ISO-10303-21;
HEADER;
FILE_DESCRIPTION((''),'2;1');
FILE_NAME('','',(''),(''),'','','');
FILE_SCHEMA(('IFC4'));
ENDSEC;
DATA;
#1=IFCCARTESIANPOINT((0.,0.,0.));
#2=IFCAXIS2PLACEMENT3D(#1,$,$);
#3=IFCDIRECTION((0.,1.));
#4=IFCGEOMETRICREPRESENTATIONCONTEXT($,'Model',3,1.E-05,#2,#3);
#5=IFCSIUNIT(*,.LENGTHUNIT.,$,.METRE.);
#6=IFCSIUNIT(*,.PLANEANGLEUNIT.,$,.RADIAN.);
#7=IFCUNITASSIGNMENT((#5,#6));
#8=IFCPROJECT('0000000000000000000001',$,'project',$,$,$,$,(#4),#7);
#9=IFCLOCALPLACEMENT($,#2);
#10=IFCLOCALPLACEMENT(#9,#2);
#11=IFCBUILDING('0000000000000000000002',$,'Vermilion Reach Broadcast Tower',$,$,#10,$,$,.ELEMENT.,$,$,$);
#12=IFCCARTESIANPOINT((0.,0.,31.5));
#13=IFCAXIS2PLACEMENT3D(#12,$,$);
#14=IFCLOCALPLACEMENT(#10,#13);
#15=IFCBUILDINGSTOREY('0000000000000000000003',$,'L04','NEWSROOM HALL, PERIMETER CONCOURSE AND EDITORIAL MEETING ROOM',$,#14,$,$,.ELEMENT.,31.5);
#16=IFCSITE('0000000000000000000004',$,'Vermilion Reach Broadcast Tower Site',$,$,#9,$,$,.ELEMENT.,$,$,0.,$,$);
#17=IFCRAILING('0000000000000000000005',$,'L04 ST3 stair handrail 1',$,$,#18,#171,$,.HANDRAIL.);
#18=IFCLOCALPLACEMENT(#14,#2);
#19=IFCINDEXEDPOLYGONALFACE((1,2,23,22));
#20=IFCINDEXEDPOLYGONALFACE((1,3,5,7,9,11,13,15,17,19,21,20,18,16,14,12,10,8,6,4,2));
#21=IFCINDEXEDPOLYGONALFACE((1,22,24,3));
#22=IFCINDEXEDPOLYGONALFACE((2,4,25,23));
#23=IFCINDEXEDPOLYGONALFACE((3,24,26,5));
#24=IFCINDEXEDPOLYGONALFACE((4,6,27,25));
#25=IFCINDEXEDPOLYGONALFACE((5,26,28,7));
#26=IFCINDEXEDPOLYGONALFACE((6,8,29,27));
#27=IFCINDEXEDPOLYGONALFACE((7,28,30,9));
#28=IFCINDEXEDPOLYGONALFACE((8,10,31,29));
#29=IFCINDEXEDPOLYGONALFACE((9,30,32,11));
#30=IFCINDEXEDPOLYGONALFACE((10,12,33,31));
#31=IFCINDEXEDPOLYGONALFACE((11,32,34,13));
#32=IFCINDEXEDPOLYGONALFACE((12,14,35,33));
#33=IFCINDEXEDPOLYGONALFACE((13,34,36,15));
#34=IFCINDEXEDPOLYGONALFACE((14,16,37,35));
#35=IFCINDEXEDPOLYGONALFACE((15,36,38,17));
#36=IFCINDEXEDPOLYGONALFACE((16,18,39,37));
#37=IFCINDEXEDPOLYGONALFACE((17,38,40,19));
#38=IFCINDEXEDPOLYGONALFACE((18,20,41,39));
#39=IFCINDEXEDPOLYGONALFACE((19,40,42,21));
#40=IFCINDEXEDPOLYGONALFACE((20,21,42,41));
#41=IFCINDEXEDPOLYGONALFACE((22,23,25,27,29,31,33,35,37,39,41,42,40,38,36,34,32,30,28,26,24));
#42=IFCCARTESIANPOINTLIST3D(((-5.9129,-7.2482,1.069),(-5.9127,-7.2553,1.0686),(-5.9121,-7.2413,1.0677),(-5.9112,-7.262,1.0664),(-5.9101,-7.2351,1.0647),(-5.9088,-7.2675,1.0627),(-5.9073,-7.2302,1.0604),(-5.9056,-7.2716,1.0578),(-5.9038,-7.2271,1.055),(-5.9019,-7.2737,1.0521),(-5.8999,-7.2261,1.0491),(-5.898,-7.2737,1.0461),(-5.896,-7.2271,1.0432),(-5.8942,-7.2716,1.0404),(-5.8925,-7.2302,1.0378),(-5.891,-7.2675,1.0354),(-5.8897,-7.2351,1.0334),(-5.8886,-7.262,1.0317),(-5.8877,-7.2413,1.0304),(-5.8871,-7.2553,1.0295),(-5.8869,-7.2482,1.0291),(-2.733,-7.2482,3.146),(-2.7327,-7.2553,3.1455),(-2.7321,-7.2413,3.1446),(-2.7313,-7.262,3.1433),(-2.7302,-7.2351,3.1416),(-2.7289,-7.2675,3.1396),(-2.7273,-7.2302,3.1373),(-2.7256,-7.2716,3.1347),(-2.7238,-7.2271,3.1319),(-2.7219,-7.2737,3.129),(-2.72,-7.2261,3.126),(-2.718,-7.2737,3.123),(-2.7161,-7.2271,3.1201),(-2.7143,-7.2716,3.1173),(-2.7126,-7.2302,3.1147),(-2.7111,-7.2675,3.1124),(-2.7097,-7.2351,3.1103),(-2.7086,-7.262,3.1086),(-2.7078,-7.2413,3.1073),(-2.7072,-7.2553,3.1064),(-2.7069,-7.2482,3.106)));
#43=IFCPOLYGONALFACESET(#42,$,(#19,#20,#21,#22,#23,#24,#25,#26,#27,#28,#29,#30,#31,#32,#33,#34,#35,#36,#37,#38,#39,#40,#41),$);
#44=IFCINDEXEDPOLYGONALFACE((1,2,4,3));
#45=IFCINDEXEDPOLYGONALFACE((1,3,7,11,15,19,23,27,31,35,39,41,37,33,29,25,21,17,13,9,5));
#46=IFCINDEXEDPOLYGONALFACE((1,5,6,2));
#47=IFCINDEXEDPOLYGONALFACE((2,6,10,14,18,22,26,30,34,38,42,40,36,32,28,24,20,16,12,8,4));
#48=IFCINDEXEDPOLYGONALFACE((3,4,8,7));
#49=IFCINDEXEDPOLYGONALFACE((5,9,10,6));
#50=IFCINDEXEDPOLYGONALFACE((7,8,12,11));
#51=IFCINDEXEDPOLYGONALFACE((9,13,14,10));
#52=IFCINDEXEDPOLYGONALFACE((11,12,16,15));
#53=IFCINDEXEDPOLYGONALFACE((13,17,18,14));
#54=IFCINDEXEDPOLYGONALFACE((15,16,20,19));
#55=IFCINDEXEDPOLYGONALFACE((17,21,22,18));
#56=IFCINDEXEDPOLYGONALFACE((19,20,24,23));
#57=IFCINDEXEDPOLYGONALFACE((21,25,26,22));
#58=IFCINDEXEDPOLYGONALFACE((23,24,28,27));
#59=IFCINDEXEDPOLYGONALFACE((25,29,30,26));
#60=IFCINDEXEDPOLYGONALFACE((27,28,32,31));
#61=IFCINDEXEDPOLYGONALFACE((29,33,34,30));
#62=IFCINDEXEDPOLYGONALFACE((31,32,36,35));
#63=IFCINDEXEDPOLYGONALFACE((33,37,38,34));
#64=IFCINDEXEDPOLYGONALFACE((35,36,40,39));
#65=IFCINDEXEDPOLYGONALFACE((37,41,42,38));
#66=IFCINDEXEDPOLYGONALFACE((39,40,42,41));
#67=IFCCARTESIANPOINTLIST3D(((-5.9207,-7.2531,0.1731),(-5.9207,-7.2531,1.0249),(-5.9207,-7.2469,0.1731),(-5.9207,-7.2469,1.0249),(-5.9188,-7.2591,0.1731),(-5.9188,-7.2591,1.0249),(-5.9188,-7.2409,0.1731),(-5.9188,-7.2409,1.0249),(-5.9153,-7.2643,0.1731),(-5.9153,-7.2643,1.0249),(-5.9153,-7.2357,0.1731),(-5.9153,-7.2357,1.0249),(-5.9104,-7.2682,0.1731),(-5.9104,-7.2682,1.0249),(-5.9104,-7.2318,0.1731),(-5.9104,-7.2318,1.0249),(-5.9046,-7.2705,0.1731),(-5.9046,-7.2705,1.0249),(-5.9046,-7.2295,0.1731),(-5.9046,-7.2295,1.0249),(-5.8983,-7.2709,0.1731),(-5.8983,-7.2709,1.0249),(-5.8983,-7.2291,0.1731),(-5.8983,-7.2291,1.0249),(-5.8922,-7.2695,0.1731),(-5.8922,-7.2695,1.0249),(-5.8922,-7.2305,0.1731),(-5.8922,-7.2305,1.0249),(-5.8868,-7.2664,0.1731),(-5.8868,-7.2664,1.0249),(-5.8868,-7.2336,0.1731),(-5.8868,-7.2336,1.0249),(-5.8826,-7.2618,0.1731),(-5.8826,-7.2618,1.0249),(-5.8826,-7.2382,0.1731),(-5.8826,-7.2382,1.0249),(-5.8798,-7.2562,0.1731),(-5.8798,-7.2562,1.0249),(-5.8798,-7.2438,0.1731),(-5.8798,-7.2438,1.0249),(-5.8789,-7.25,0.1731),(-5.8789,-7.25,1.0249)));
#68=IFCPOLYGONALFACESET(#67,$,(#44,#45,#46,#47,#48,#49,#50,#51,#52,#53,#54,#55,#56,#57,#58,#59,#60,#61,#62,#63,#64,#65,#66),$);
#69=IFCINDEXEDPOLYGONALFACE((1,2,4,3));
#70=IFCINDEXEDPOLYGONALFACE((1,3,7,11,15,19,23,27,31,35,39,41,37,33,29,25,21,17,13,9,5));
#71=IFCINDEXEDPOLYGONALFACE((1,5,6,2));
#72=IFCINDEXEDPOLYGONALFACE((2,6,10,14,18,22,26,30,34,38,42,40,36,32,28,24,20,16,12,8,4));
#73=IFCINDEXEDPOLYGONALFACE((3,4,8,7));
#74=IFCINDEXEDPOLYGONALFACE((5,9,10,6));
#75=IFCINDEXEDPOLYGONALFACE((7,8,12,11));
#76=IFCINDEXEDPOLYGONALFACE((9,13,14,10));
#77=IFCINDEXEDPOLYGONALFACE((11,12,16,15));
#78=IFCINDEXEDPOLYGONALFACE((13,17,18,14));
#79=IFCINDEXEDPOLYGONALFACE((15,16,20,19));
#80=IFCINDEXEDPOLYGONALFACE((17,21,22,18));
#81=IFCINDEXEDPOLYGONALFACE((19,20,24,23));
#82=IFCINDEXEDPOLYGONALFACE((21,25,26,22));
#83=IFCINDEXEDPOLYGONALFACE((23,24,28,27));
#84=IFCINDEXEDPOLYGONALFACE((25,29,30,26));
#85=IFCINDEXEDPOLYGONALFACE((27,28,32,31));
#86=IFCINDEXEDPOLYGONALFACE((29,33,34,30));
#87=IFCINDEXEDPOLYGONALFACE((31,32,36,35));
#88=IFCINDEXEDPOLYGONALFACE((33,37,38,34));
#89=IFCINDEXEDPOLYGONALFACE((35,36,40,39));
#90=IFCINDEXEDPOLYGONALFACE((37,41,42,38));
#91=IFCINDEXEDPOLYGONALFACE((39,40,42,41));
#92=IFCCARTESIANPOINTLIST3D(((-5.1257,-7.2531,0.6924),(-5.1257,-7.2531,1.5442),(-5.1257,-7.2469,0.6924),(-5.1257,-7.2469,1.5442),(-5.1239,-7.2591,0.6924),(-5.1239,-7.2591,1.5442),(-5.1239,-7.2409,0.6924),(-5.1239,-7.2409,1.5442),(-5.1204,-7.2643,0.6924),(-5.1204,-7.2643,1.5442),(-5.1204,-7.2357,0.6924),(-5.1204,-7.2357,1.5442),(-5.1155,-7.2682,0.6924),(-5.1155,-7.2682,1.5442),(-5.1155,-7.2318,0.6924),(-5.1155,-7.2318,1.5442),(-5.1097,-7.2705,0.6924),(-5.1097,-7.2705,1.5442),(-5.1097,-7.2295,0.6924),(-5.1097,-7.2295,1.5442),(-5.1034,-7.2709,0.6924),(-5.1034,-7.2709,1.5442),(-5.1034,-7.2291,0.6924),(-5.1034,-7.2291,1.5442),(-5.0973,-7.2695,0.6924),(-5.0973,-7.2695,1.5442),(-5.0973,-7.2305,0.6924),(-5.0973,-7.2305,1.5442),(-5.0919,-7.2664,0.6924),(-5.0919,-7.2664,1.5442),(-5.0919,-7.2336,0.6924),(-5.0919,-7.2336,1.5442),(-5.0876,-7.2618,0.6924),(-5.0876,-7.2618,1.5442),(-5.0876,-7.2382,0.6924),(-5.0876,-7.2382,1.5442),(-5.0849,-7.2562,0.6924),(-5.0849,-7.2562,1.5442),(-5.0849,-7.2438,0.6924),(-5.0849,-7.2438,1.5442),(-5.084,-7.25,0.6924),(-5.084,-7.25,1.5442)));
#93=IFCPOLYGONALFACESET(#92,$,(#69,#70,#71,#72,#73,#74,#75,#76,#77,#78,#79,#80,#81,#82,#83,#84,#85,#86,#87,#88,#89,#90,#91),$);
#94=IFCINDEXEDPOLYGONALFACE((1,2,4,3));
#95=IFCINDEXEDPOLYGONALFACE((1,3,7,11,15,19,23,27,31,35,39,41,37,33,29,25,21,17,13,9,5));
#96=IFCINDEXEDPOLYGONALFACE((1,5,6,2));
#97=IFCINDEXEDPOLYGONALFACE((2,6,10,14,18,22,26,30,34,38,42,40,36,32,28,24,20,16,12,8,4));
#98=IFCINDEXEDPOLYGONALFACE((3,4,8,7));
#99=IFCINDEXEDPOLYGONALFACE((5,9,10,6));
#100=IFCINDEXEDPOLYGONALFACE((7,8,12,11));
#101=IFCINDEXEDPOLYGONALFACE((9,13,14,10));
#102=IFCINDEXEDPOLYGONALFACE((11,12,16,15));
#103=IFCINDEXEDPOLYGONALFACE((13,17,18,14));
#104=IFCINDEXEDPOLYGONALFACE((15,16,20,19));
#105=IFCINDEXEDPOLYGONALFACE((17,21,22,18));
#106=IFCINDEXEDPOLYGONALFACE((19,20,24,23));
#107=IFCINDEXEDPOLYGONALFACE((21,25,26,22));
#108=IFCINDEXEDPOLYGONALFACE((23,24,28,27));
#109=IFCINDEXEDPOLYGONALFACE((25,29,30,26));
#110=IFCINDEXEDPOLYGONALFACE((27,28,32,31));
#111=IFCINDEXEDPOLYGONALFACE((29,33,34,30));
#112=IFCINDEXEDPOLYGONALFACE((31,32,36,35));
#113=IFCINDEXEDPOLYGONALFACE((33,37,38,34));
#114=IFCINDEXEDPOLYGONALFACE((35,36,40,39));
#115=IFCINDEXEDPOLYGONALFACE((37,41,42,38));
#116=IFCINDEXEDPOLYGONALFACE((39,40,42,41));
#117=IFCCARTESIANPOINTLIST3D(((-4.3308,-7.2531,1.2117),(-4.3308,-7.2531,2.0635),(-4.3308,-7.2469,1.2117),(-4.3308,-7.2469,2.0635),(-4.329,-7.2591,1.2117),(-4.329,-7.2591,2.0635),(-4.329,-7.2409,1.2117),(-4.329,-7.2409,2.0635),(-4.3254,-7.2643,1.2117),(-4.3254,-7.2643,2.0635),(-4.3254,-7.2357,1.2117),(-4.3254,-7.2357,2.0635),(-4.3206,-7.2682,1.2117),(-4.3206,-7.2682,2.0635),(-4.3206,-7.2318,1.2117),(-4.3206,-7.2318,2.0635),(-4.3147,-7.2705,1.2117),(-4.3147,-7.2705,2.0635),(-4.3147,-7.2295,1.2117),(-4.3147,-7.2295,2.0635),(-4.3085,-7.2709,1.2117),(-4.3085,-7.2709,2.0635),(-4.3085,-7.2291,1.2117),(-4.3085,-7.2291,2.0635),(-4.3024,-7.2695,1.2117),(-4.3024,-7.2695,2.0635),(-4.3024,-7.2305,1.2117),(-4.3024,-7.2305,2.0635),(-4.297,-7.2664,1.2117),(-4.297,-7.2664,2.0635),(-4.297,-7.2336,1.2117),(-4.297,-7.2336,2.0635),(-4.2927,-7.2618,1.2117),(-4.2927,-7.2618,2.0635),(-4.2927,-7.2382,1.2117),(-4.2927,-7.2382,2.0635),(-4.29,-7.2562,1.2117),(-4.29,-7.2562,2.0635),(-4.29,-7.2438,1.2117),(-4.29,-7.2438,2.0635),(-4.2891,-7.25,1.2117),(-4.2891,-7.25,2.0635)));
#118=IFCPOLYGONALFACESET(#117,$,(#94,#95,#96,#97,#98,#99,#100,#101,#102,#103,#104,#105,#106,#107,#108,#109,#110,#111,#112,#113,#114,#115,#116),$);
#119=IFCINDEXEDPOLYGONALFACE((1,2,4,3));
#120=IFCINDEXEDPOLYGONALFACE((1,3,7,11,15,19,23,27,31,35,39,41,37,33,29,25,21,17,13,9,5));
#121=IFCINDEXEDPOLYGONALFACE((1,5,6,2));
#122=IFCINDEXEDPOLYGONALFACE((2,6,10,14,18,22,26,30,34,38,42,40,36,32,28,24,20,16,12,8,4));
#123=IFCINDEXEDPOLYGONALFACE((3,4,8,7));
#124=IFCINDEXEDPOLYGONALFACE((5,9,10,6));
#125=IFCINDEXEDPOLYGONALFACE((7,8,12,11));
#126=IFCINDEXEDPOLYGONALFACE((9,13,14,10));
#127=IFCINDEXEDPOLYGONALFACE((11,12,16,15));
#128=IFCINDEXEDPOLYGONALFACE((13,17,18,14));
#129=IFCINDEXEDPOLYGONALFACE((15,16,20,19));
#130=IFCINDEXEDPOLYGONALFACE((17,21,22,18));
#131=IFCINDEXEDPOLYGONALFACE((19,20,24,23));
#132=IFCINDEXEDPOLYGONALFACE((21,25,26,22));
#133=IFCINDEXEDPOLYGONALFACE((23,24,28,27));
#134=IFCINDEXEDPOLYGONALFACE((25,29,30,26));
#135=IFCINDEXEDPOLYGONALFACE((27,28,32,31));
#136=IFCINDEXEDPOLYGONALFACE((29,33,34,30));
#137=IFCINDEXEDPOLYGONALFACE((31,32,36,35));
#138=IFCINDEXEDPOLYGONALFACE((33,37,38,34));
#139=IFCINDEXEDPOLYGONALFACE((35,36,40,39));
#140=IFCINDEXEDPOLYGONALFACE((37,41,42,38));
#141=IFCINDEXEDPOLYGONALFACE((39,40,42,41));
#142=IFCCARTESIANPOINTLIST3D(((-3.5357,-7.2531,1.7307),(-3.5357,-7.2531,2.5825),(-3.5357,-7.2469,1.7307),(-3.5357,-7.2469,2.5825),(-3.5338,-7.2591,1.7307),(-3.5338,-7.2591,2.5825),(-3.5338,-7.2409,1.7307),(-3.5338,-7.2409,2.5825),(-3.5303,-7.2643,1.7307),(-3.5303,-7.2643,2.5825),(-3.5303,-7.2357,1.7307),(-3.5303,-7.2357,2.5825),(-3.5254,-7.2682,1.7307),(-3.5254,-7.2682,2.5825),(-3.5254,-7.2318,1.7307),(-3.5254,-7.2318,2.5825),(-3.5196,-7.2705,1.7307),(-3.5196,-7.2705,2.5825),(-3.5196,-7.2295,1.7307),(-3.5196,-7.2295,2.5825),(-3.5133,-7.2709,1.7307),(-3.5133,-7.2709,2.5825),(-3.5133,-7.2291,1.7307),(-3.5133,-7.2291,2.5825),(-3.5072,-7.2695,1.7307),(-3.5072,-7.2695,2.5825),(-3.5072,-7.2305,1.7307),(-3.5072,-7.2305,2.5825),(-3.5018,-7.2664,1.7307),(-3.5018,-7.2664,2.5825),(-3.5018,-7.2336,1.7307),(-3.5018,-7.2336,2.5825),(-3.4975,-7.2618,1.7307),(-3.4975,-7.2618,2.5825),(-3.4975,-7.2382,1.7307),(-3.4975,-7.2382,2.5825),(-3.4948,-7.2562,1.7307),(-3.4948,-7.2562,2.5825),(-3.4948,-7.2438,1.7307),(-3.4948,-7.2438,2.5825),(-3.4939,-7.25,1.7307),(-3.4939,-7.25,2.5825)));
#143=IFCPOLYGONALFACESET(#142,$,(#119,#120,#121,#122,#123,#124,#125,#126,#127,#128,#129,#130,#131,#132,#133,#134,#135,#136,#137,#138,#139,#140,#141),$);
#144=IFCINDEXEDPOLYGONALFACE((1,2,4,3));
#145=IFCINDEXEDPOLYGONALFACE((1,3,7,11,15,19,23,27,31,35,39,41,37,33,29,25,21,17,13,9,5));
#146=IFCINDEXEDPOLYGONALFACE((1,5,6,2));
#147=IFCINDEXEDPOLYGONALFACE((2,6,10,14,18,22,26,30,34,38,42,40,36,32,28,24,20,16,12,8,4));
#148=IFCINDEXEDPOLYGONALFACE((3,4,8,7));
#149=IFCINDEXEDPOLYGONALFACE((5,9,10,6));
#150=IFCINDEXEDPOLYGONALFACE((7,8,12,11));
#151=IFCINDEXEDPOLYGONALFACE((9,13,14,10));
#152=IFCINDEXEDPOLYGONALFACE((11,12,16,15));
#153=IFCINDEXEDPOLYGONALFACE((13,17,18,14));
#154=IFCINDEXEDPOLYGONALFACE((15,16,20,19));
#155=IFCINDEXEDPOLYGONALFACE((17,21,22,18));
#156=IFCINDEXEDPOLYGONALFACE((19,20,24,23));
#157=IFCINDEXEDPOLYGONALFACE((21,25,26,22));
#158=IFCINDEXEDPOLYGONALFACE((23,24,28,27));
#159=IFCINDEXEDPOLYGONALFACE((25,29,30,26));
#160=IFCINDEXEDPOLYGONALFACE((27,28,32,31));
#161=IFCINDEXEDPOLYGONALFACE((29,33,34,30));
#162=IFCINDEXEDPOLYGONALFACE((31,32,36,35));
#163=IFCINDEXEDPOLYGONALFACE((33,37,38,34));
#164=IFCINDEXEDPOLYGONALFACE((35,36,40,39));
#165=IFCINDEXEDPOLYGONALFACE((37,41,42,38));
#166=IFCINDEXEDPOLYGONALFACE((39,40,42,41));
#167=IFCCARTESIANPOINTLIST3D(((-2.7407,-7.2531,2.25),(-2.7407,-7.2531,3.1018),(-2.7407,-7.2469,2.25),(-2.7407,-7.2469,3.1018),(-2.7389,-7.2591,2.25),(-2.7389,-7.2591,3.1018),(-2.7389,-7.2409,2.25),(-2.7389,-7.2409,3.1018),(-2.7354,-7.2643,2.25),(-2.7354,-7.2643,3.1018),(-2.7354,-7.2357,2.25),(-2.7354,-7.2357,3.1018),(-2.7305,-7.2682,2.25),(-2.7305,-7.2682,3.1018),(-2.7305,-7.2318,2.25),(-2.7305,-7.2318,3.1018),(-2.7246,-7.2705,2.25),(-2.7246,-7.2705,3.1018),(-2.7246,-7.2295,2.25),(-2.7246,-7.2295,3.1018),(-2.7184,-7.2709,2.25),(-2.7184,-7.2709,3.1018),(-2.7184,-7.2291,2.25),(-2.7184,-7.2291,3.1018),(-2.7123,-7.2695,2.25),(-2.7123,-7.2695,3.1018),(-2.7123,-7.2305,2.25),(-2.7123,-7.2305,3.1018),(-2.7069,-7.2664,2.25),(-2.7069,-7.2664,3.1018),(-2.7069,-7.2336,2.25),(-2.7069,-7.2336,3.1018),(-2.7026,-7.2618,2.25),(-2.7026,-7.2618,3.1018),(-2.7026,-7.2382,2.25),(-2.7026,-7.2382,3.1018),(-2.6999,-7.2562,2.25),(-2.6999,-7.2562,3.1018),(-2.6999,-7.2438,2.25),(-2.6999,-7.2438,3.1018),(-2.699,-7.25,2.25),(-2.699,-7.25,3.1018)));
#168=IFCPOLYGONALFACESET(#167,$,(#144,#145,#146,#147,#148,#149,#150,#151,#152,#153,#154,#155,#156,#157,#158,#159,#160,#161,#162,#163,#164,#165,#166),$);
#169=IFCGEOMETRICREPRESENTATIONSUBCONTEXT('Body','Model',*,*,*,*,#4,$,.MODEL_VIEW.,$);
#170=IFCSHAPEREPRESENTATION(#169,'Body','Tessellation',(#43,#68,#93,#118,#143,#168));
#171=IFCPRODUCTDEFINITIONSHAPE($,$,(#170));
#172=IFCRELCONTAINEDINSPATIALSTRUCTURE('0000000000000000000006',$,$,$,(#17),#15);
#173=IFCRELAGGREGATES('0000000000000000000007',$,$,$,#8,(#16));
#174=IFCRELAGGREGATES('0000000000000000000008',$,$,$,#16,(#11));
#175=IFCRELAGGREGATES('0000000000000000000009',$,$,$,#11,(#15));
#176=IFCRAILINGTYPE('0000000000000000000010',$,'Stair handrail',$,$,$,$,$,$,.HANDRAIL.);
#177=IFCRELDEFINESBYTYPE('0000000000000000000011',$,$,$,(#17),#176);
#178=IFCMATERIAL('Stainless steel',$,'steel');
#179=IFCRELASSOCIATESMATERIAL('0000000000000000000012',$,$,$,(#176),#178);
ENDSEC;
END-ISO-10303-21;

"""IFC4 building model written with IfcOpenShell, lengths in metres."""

from ifc_helpers import new_model, si_unit, direction, frame, origin, origin_2d, place, context, subcontext, project, spatial, circle, extrude, material, type_object, element, save


model = new_model("IFC4")

# Units and contexts
model_context = context("Model", 3, precision=1e-05, world=origin(), true_north=direction((0.0, 1.0)))
body_context = subcontext(model_context, "Body", "Model", "MODEL_VIEW")
ifc_project = project(units=[si_unit("LENGTHUNIT", "METRE"), si_unit("PLANEANGLEUNIT", "RADIAN")], contexts=[model_context])

# Site, building, storey
site_placement = place(None, origin())
site = spatial("IfcSite", under=ifc_project, at=site_placement, Name="Vermilion Reach Broadcast Tower Site", CompositionType="ELEMENT", RefElevation=0.0)
building_placement = place(site_placement, origin())
building = spatial("IfcBuilding", under=site, at=building_placement, Name="Vermilion Reach Broadcast Tower", CompositionType="ELEMENT")
storey_placement = place(building_placement, frame((0.0, 0.0, 31.5)))
storey = spatial("IfcBuildingStorey", under=building, at=storey_placement, Name="L04", Description="NEWSROOM HALL, PERIMETER CONCOURSE AND EDITORIAL MEETING ROOM", CompositionType="ELEMENT", Elevation=31.5)

# Railing
ifc_material_1 = material(Name="Stainless steel", Category="steel")
railing_type_1 = type_object("IfcRailingType", Name="Stair handrail", PredefinedType="HANDRAIL", material=ifc_material_1)
railing_1_placement = place(storey_placement, frame((-5.8999, -7.25, 0.1731)))
element("IfcRailing", 1, at=railing_1_placement, inside=storey, type_object=railing_type_1, Name="L04 ST3 stair handrail 1", PredefinedType="HANDRAIL", context=body_context, shape_type="SweptSolid", body=[
    extrude(circle(Radius=0.0239, at=origin_2d()), frame((0.0, 0.0, 0.876), z_axis=(0.837245, 0.0, 0.546828), x_axis=(0.0, 1.0, 0.0)), (0.0, 0.0, 1.0), 3.7981),
    extrude(circle(Radius=0.021, at=origin_2d()), origin(), (0.0, 0.0, 1.0), 0.8518),
    extrude(circle(Radius=0.021, at=origin_2d()), frame((0.7949, 0.0, 0.5193)), (0.0, 0.0, 1.0), 0.8518),
    extrude(circle(Radius=0.021, at=origin_2d()), frame((1.5898, 0.0, 1.0386)), (0.0, 0.0, 1.0), 0.8518),
    extrude(circle(Radius=0.021, at=origin_2d()), frame((2.385, 0.0, 1.5576)), (0.0, 0.0, 1.0), 0.8518),
    extrude(circle(Radius=0.021, at=origin_2d()), frame((3.1799, 0.0, 2.0769)), (0.0, 0.0, 1.0), 0.8518),
])

save(model, "model.ifc")
